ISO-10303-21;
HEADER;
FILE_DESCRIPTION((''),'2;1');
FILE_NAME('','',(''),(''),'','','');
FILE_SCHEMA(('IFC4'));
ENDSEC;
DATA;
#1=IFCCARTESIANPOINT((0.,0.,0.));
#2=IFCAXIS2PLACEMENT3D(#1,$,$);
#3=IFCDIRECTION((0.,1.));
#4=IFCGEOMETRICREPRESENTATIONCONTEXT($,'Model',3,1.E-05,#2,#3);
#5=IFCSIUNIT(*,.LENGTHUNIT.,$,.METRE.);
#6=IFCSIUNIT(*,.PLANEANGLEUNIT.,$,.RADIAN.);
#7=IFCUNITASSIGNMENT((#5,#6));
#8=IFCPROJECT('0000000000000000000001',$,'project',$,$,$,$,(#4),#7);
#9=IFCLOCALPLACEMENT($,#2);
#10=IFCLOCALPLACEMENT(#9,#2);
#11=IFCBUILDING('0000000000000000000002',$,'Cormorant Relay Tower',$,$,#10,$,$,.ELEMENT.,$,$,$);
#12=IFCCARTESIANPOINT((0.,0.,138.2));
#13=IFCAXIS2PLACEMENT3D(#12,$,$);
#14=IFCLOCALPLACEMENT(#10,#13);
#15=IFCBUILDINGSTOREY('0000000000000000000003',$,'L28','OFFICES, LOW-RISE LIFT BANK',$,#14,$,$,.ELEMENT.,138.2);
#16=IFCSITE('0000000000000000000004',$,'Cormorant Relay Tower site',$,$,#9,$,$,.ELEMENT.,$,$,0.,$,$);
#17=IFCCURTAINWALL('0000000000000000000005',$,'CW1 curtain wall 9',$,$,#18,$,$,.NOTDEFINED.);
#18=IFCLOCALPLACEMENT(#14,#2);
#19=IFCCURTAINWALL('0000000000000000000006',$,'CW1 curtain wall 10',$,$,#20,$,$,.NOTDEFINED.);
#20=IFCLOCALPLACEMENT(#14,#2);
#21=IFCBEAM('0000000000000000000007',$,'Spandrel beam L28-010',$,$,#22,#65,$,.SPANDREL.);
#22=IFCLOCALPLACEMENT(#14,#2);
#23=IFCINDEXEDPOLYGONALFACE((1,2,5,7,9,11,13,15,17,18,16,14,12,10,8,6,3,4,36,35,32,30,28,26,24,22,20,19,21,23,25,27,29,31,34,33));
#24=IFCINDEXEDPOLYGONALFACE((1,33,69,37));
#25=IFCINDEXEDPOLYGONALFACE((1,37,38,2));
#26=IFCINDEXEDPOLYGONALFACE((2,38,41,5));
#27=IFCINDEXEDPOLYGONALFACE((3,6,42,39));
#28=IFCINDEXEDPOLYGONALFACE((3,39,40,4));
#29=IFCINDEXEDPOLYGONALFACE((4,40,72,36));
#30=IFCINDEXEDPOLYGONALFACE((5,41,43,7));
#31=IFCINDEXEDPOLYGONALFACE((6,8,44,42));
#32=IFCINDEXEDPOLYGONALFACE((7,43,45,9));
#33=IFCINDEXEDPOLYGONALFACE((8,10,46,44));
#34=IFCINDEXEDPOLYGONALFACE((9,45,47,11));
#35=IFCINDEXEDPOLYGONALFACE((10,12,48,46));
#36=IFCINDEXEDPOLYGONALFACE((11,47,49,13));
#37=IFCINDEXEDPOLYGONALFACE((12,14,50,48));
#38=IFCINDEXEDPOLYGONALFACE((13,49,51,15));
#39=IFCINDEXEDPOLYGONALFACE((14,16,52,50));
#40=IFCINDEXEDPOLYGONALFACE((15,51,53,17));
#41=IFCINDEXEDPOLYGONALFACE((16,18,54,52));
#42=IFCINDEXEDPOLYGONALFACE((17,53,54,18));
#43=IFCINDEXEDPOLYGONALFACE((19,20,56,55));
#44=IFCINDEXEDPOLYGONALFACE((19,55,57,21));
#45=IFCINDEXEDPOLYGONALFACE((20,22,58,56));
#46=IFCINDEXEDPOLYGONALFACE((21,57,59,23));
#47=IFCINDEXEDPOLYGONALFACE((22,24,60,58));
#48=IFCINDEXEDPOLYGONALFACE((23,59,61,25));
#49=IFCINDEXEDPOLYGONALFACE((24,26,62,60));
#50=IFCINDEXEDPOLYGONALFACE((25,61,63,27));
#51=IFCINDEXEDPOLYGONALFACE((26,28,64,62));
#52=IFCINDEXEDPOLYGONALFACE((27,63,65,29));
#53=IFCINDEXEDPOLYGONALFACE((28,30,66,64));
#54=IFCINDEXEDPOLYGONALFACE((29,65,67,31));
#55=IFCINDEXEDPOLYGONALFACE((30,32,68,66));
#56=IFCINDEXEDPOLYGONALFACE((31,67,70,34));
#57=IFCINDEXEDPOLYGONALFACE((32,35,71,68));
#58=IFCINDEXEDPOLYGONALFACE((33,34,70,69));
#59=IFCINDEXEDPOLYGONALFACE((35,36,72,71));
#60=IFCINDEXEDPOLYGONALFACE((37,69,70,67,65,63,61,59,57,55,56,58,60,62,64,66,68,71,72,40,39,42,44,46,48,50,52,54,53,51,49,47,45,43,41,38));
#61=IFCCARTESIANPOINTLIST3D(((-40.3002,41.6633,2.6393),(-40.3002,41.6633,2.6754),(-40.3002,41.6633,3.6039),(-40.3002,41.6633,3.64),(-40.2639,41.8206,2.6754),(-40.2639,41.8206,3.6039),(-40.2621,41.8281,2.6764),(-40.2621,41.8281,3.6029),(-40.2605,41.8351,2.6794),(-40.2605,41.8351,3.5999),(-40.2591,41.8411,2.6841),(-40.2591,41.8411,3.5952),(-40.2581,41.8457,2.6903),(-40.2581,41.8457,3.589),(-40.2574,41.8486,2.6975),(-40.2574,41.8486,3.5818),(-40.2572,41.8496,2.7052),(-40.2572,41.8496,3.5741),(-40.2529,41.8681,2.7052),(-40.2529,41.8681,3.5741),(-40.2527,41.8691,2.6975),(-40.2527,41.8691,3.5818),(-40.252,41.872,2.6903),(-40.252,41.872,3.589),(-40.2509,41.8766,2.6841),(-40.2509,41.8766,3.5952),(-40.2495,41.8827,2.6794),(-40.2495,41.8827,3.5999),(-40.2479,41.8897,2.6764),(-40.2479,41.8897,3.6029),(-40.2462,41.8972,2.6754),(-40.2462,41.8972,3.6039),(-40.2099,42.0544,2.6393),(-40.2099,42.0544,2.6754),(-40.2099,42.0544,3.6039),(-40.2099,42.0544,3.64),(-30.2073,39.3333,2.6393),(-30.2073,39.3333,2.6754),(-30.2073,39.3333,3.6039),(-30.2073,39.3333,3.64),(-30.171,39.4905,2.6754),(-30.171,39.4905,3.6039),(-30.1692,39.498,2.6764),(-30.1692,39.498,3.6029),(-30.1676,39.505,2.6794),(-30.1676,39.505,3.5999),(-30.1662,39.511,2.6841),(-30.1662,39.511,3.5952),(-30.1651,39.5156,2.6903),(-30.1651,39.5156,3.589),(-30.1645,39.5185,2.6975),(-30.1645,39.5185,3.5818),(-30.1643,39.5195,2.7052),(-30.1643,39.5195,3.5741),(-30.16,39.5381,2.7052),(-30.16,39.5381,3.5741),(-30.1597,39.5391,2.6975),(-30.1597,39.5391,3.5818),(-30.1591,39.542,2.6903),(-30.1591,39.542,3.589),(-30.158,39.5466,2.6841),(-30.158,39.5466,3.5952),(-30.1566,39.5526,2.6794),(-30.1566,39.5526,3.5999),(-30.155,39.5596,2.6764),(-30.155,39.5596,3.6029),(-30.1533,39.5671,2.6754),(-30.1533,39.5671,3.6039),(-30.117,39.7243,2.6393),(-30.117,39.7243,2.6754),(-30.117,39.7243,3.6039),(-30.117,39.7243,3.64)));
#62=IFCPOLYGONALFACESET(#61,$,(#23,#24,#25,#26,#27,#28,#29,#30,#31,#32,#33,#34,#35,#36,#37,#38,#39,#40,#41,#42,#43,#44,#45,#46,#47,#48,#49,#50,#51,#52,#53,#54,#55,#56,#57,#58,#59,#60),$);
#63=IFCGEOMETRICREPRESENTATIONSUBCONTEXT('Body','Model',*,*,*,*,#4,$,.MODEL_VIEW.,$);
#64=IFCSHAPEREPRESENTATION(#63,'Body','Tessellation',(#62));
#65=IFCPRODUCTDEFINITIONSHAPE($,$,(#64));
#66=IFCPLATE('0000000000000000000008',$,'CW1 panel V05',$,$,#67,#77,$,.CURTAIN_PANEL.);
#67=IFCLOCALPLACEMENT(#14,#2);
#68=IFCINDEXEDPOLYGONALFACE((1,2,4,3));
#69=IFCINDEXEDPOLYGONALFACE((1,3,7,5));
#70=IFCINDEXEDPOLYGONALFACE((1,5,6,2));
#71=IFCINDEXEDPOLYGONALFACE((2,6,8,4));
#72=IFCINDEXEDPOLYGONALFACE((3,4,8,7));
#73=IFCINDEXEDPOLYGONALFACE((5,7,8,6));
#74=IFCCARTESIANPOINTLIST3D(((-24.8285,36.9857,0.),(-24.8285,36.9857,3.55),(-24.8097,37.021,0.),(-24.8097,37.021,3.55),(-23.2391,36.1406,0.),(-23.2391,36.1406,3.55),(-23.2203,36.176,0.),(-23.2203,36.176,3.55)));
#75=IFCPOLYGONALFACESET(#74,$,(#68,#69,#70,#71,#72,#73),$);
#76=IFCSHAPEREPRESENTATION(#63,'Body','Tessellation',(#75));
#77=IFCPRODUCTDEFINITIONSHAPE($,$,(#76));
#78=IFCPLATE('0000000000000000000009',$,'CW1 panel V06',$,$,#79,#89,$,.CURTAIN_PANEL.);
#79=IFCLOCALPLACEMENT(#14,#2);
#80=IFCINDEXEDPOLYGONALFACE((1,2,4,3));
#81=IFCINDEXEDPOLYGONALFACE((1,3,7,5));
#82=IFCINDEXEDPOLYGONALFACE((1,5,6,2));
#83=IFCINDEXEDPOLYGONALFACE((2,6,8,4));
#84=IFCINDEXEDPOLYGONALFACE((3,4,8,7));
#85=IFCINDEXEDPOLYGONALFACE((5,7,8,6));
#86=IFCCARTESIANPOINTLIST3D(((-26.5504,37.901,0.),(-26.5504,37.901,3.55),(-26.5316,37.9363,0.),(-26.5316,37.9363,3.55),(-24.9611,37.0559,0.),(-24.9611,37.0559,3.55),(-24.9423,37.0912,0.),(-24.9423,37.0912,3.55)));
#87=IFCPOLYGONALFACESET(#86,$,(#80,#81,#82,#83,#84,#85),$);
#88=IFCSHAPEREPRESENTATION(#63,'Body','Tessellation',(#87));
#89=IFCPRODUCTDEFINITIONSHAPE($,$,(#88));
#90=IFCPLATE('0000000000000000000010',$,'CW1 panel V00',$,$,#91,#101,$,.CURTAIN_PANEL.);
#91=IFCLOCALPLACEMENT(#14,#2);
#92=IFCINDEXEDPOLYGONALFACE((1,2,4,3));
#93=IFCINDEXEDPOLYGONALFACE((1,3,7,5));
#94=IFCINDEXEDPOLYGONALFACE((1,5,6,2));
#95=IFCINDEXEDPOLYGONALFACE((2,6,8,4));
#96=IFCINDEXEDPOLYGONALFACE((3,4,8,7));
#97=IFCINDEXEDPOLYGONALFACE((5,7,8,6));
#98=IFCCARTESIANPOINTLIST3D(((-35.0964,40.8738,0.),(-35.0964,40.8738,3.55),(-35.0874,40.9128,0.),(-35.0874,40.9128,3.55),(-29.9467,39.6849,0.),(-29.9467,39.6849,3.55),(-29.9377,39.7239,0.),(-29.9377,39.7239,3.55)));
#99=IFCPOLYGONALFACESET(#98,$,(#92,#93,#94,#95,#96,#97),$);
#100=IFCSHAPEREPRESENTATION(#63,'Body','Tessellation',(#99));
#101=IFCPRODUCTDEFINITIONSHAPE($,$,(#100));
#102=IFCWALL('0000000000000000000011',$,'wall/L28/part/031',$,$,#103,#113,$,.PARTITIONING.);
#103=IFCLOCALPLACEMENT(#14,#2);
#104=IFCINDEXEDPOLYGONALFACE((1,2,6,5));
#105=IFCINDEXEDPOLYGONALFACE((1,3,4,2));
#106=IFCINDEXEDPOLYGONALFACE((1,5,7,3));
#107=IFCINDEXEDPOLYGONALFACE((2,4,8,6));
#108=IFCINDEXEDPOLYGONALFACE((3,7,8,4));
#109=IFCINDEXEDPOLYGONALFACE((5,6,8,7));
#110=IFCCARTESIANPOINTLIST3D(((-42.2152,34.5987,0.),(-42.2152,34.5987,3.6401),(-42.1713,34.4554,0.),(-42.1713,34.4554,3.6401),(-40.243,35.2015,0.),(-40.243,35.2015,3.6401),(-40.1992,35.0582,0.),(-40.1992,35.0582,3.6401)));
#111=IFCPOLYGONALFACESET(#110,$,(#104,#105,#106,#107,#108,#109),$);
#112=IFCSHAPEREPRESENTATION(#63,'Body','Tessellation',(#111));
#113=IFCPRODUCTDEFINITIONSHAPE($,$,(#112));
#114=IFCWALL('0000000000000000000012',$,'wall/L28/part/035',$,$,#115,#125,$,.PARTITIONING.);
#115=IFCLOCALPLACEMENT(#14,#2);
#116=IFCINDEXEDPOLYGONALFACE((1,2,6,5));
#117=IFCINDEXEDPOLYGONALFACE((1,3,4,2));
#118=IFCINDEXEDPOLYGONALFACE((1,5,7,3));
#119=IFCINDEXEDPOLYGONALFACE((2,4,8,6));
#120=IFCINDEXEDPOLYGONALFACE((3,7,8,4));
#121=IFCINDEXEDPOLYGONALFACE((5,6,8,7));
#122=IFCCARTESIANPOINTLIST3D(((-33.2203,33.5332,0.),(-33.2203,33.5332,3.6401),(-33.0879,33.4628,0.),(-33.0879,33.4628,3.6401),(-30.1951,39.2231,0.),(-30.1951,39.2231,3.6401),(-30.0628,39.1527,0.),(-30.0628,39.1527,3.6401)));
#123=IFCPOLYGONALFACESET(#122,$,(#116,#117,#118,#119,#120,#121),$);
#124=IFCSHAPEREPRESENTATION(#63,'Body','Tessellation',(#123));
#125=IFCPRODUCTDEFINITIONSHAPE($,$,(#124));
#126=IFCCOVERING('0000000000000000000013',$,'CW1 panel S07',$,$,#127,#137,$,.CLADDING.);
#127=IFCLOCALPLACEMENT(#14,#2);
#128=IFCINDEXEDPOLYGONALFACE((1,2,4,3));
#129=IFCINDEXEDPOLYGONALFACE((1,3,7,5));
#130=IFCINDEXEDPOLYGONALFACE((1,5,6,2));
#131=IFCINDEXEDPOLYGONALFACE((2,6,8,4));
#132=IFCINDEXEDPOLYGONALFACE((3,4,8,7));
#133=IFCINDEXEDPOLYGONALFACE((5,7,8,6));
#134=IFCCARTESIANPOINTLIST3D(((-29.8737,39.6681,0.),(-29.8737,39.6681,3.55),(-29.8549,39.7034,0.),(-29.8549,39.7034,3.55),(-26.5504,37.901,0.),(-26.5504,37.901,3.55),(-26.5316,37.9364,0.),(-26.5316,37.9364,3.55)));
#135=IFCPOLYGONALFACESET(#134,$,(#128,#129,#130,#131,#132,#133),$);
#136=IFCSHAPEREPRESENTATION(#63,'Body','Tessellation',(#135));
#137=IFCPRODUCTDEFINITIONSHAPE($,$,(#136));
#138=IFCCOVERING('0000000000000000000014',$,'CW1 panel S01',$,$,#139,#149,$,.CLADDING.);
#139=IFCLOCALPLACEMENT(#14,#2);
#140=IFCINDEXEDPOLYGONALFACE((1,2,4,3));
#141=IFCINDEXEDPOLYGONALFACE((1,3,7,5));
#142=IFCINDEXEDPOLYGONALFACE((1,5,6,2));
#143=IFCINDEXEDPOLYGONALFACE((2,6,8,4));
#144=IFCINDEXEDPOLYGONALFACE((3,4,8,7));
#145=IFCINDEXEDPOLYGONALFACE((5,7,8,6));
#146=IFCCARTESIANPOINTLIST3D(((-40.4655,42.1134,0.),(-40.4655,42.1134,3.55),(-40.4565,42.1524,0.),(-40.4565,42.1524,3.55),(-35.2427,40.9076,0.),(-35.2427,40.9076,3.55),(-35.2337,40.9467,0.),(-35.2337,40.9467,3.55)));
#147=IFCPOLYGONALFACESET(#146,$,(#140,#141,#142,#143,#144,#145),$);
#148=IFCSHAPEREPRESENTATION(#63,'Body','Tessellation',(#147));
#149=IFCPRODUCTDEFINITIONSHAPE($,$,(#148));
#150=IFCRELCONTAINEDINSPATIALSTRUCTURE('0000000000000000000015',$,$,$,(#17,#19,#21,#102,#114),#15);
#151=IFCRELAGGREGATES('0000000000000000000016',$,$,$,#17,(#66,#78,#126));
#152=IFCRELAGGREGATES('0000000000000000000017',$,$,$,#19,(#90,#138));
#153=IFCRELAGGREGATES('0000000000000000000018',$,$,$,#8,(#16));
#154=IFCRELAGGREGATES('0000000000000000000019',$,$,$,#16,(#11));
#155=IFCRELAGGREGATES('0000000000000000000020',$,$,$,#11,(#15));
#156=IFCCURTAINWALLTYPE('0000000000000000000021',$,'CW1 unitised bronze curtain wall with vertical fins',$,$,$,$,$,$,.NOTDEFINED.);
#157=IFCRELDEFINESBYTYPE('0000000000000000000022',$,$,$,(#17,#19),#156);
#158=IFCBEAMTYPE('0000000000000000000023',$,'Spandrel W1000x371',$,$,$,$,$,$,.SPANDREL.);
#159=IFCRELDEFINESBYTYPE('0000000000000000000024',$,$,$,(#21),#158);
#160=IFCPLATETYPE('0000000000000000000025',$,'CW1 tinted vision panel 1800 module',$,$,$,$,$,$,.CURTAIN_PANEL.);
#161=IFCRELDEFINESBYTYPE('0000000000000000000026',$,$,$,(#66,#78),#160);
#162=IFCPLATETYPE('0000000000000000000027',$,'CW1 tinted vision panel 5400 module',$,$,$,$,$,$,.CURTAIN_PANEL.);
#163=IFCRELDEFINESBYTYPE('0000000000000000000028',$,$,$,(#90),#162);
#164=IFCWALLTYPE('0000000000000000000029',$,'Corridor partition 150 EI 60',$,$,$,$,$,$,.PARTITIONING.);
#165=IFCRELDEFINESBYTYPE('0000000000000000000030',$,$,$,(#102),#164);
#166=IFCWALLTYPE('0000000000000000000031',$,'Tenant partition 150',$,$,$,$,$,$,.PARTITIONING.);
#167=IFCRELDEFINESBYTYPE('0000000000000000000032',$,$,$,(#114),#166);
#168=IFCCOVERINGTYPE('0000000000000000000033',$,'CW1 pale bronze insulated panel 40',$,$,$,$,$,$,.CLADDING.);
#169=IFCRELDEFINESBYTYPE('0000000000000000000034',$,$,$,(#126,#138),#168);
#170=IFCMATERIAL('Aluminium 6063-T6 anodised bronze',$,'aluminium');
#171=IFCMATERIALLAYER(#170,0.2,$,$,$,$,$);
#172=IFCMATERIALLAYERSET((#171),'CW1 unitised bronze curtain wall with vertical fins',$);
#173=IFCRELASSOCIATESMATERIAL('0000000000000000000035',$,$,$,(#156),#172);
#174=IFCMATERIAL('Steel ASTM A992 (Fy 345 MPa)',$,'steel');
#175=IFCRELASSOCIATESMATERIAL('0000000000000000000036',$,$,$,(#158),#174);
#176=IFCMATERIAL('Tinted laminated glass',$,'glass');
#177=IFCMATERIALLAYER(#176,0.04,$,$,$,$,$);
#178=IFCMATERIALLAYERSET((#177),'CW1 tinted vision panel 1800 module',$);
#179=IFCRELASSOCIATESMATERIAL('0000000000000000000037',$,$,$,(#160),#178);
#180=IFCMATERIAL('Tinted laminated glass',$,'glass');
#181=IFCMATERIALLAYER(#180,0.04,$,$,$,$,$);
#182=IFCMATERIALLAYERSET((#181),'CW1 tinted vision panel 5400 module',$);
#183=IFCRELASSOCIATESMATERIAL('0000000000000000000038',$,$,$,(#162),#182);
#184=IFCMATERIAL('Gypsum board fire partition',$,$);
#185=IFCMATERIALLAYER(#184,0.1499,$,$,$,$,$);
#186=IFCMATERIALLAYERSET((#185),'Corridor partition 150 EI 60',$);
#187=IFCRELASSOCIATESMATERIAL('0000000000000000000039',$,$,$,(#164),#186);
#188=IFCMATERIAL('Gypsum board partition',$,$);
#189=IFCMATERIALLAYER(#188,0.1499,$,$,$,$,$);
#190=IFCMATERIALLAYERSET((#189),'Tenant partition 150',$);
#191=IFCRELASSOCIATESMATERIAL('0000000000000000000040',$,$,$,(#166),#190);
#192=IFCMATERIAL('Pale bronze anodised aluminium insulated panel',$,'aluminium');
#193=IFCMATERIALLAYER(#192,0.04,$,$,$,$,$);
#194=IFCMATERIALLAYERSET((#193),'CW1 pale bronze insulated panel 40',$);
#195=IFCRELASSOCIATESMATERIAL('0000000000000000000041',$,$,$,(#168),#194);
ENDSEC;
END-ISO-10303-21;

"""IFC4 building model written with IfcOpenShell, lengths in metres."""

from ifc_helpers import new_model, si_unit, direction, frame, frame_2d, origin, origin_2d, place, context, subcontext, project, spatial, rectangle, i_section, extrude, material, layer, layer_set, material_profile, profile_set, type_object, element, aggregate, save


model = new_model("IFC4")

# Units and contexts
model_context = context("Model", 3, precision=1e-05, world=origin(), true_north=direction((0.0, 1.0)))
body_context = subcontext(model_context, "Body", "Model", "MODEL_VIEW")
ifc_project = project(units=[si_unit("LENGTHUNIT", "METRE"), si_unit("PLANEANGLEUNIT", "RADIAN")], contexts=[model_context])

# Site, building, storey
site_placement = place(None, origin())
site = spatial("IfcSite", under=ifc_project, at=site_placement, Name="Cormorant Relay Tower site", CompositionType="ELEMENT", RefElevation=0.0)
building_placement = place(site_placement, origin())
building = spatial("IfcBuilding", under=site, at=building_placement, Name="Cormorant Relay Tower", CompositionType="ELEMENT")
storey_placement = place(building_placement, frame((0.0, 0.0, 138.2)))
storey = spatial("IfcBuildingStorey", under=building, at=storey_placement, Name="L28", Description="OFFICES, LOW-RISE LIFT BANK", CompositionType="ELEMENT", Elevation=138.2)

# Curtain wall
ifc_material_1 = material(Name="Aluminium 6063-T6 anodised bronze", Category="aluminium")
ifc_layer_1 = layer(ifc_material_1, 0.2)
ifc_layer_set_1 = layer_set([ifc_layer_1], Name="CW1 unitised bronze curtain wall with vertical fins")
curtain_wall_type = type_object("IfcCurtainWallType", Name="CW1 unitised bronze curtain wall with vertical fins", PredefinedType="NOTDEFINED", material=ifc_layer_set_1)
curtain_wall_1_placement = place(storey_placement, origin())
curtain_wall_1 = element("IfcCurtainWall", 1, at=curtain_wall_1_placement, inside=storey, type_object=curtain_wall_type, Name="CW1 curtain wall 9", PredefinedType="NOTDEFINED")

# Curtain wall
curtain_wall_2_placement = place(storey_placement, origin())
curtain_wall_2 = element("IfcCurtainWall", 2, at=curtain_wall_2_placement, inside=storey, type_object=curtain_wall_type, Name="CW1 curtain wall 10", PredefinedType="NOTDEFINED")

# Beam
ifc_material_2 = material(Name="Steel ASTM A992 (Fy 345 MPa)", Category="steel")
ifc_material_profile_1 = material_profile(ifc_material_2, i_section(OverallWidth=0.4014, OverallDepth=1.0007, WebThickness=0.019, FlangeThickness=0.0361, FilletRadius=0.0298, at=origin_2d()), Name="W1000x371")
ifc_profile_set_1 = profile_set([ifc_material_profile_1], Name="Steel ASTM A992 (Fy 345 MPa)")
beam_type = type_object("IfcBeamType", Name="Spandrel W1000x371", PredefinedType="SPANDREL", material=ifc_profile_set_1)
beam_placement = place(storey_placement, frame((-30.1621, 39.5288, 3.1396), z_axis=(-0.974372, 0.224944, 0.0), x_axis=(-0.224944, -0.974372, 0.0)))
element("IfcBeam", 3, at=beam_placement, inside=storey, type_object=beam_type, Name="Spandrel beam L28-010", PredefinedType="SPANDREL", context=body_context, shape_type="SweptSolid", body=[
    extrude(i_section(OverallWidth=0.4014, OverallDepth=1.0007, WebThickness=0.019, FlangeThickness=0.0361, FilletRadius=0.0298, at=origin_2d()), origin(), (0.0, 0.0, 1.0), 10.3584),
])

# Plates
ifc_material_3 = material(Name="Tinted laminated glass", Category="glass")
ifc_layer_2 = layer(ifc_material_3, 0.04)
ifc_layer_set_2 = layer_set([ifc_layer_2], Name="CW1 tinted vision panel 1800 module")
plate_type_1 = type_object("IfcPlateType", Name="CW1 tinted vision panel 1800 module", PredefinedType="CURTAIN_PANEL", material=ifc_layer_set_2)
plate_1_placement = place(storey_placement, frame((-24.0244, 36.5808, 0.0), z_axis=(0.0, 0.0, 1.0), x_axis=(-0.882948, 0.469472, 0.0)))
plate_1 = element("IfcPlate", 4, at=plate_1_placement, type_object=plate_type_1, Name="CW1 panel V05", PredefinedType="CURTAIN_PANEL", context=body_context, shape_type="SweptSolid", body=[
    extrude(rectangle(XDim=1.8, YDim=0.04, at=origin_2d()), origin(), (0.0, 0.0, 1.0), 3.55),
])
plate_2_placement = place(storey_placement, frame((-25.7463, 37.4961, 0.0), z_axis=(0.0, 0.0, 1.0), x_axis=(-0.882948, 0.469472, 0.0)))
plate_2 = element("IfcPlate", 5, at=plate_2_placement, type_object=plate_type_1, Name="CW1 panel V06", PredefinedType="CURTAIN_PANEL", context=body_context, shape_type="SweptSolid", body=[
    extrude(rectangle(XDim=1.8, YDim=0.04, at=origin_2d()), origin(), (0.0, 0.0, 1.0), 3.55),
])
ifc_material_4 = material(Name="Tinted laminated glass", Category="glass")
ifc_layer_3 = layer(ifc_material_4, 0.04)
ifc_layer_set_3 = layer_set([ifc_layer_3], Name="CW1 tinted vision panel 5400 module")
plate_type_2 = type_object("IfcPlateType", Name="CW1 tinted vision panel 5400 module", PredefinedType="CURTAIN_PANEL", material=ifc_layer_set_3)
plate_3_placement = place(storey_placement, frame((-32.5171, 40.2988, 0.0), z_axis=(0.0, 0.0, 1.0), x_axis=(-0.97437, 0.224951, 0.0)))
plate_3 = element("IfcPlate", 6, at=plate_3_placement, type_object=plate_type_2, Name="CW1 panel V00", PredefinedType="CURTAIN_PANEL", context=body_context, shape_type="SweptSolid", body=[
    extrude(rectangle(XDim=5.2852, YDim=0.04, at=origin_2d()), origin(), (0.0, 0.0, 1.0), 3.55),
])

# Walls
ifc_material_5 = material(Name="Gypsum board fire partition")
ifc_layer_4 = layer(ifc_material_5, 0.1499)
ifc_layer_set_4 = layer_set([ifc_layer_4], Name="Corridor partition 150 EI 60")
wall_type_1 = type_object("IfcWallType", Name="Corridor partition 150 EI 60", PredefinedType="PARTITIONING", material=ifc_layer_set_4)
wall_1_placement = place(storey_placement, frame((-40.2209, 35.1299, 0.0), z_axis=(0.0, 0.0, 1.0), x_axis=(-0.956328, -0.292297, 0.0)))
element("IfcWall", 7, at=wall_1_placement, inside=storey, type_object=wall_type_1, Name="wall/L28/part/031", PredefinedType="PARTITIONING", context=body_context, shape_type="SweptSolid", body=[
    extrude(rectangle(XDim=2.0623, YDim=0.1499, at=frame_2d((1.0312, 0.0))), origin(), (0.0, 0.0, 1.0), 3.6401),
])
ifc_material_6 = material(Name="Gypsum board partition")
ifc_layer_5 = layer(ifc_material_6, 0.1499)
ifc_layer_set_5 = layer_set([ifc_layer_5], Name="Tenant partition 150")
wall_type_2 = type_object("IfcWallType", Name="Tenant partition 150", PredefinedType="PARTITIONING", material=ifc_layer_set_5)
wall_2_placement = place(storey_placement, frame((-30.1289, 39.188, 0.0), z_axis=(0.0, 0.0, 1.0), x_axis=(-0.469441, -0.882964, 0.0)))
element("IfcWall", 8, at=wall_2_placement, inside=storey, type_object=wall_type_2, Name="wall/L28/part/035", PredefinedType="PARTITIONING", context=body_context, shape_type="SweptSolid", body=[
    extrude(rectangle(XDim=6.4441, YDim=0.1499, at=frame_2d((3.2222, 0.0))), origin(), (0.0, 0.0, 1.0), 3.6401),
])

# Coverings
ifc_material_7 = material(Name="Pale bronze anodised aluminium insulated panel", Category="aluminium")
ifc_layer_6 = layer(ifc_material_7, 0.04)
ifc_layer_set_6 = layer_set([ifc_layer_6], Name="CW1 pale bronze insulated panel 40")
covering_type = type_object("IfcCoveringType", Name="CW1 pale bronze insulated panel 40", PredefinedType="CLADDING", material=ifc_layer_set_6)
covering_1_placement = place(storey_placement, frame((-28.2026, 38.8022, 0.0), z_axis=(0.0, 0.0, 1.0), x_axis=(-0.882948, 0.469472, 0.0)))
covering_1 = element("IfcCovering", 9, at=covering_1_placement, type_object=covering_type, Name="CW1 panel S07", PredefinedType="CLADDING", context=body_context, shape_type="SweptSolid", body=[
    extrude(rectangle(XDim=3.7639, YDim=0.04, at=origin_2d()), origin(), (0.0, 0.0, 1.0), 3.55),
])
aggregate(curtain_wall_1, [plate_1, plate_2, covering_1])
covering_2_placement = place(storey_placement, frame((-37.8496, 41.53, 0.0), z_axis=(0.0, 0.0, 1.0), x_axis=(-0.97437, 0.224951, 0.0)))
covering_2 = element("IfcCovering", 10, at=covering_2_placement, type_object=covering_type, Name="CW1 panel S01", PredefinedType="CLADDING", context=body_context, shape_type="SweptSolid", body=[
    extrude(rectangle(XDim=5.3601, YDim=0.04, at=origin_2d()), origin(), (0.0, 0.0, 1.0), 3.55),
])
aggregate(curtain_wall_2, [plate_3, covering_2])

save(model, "model.ifc")
